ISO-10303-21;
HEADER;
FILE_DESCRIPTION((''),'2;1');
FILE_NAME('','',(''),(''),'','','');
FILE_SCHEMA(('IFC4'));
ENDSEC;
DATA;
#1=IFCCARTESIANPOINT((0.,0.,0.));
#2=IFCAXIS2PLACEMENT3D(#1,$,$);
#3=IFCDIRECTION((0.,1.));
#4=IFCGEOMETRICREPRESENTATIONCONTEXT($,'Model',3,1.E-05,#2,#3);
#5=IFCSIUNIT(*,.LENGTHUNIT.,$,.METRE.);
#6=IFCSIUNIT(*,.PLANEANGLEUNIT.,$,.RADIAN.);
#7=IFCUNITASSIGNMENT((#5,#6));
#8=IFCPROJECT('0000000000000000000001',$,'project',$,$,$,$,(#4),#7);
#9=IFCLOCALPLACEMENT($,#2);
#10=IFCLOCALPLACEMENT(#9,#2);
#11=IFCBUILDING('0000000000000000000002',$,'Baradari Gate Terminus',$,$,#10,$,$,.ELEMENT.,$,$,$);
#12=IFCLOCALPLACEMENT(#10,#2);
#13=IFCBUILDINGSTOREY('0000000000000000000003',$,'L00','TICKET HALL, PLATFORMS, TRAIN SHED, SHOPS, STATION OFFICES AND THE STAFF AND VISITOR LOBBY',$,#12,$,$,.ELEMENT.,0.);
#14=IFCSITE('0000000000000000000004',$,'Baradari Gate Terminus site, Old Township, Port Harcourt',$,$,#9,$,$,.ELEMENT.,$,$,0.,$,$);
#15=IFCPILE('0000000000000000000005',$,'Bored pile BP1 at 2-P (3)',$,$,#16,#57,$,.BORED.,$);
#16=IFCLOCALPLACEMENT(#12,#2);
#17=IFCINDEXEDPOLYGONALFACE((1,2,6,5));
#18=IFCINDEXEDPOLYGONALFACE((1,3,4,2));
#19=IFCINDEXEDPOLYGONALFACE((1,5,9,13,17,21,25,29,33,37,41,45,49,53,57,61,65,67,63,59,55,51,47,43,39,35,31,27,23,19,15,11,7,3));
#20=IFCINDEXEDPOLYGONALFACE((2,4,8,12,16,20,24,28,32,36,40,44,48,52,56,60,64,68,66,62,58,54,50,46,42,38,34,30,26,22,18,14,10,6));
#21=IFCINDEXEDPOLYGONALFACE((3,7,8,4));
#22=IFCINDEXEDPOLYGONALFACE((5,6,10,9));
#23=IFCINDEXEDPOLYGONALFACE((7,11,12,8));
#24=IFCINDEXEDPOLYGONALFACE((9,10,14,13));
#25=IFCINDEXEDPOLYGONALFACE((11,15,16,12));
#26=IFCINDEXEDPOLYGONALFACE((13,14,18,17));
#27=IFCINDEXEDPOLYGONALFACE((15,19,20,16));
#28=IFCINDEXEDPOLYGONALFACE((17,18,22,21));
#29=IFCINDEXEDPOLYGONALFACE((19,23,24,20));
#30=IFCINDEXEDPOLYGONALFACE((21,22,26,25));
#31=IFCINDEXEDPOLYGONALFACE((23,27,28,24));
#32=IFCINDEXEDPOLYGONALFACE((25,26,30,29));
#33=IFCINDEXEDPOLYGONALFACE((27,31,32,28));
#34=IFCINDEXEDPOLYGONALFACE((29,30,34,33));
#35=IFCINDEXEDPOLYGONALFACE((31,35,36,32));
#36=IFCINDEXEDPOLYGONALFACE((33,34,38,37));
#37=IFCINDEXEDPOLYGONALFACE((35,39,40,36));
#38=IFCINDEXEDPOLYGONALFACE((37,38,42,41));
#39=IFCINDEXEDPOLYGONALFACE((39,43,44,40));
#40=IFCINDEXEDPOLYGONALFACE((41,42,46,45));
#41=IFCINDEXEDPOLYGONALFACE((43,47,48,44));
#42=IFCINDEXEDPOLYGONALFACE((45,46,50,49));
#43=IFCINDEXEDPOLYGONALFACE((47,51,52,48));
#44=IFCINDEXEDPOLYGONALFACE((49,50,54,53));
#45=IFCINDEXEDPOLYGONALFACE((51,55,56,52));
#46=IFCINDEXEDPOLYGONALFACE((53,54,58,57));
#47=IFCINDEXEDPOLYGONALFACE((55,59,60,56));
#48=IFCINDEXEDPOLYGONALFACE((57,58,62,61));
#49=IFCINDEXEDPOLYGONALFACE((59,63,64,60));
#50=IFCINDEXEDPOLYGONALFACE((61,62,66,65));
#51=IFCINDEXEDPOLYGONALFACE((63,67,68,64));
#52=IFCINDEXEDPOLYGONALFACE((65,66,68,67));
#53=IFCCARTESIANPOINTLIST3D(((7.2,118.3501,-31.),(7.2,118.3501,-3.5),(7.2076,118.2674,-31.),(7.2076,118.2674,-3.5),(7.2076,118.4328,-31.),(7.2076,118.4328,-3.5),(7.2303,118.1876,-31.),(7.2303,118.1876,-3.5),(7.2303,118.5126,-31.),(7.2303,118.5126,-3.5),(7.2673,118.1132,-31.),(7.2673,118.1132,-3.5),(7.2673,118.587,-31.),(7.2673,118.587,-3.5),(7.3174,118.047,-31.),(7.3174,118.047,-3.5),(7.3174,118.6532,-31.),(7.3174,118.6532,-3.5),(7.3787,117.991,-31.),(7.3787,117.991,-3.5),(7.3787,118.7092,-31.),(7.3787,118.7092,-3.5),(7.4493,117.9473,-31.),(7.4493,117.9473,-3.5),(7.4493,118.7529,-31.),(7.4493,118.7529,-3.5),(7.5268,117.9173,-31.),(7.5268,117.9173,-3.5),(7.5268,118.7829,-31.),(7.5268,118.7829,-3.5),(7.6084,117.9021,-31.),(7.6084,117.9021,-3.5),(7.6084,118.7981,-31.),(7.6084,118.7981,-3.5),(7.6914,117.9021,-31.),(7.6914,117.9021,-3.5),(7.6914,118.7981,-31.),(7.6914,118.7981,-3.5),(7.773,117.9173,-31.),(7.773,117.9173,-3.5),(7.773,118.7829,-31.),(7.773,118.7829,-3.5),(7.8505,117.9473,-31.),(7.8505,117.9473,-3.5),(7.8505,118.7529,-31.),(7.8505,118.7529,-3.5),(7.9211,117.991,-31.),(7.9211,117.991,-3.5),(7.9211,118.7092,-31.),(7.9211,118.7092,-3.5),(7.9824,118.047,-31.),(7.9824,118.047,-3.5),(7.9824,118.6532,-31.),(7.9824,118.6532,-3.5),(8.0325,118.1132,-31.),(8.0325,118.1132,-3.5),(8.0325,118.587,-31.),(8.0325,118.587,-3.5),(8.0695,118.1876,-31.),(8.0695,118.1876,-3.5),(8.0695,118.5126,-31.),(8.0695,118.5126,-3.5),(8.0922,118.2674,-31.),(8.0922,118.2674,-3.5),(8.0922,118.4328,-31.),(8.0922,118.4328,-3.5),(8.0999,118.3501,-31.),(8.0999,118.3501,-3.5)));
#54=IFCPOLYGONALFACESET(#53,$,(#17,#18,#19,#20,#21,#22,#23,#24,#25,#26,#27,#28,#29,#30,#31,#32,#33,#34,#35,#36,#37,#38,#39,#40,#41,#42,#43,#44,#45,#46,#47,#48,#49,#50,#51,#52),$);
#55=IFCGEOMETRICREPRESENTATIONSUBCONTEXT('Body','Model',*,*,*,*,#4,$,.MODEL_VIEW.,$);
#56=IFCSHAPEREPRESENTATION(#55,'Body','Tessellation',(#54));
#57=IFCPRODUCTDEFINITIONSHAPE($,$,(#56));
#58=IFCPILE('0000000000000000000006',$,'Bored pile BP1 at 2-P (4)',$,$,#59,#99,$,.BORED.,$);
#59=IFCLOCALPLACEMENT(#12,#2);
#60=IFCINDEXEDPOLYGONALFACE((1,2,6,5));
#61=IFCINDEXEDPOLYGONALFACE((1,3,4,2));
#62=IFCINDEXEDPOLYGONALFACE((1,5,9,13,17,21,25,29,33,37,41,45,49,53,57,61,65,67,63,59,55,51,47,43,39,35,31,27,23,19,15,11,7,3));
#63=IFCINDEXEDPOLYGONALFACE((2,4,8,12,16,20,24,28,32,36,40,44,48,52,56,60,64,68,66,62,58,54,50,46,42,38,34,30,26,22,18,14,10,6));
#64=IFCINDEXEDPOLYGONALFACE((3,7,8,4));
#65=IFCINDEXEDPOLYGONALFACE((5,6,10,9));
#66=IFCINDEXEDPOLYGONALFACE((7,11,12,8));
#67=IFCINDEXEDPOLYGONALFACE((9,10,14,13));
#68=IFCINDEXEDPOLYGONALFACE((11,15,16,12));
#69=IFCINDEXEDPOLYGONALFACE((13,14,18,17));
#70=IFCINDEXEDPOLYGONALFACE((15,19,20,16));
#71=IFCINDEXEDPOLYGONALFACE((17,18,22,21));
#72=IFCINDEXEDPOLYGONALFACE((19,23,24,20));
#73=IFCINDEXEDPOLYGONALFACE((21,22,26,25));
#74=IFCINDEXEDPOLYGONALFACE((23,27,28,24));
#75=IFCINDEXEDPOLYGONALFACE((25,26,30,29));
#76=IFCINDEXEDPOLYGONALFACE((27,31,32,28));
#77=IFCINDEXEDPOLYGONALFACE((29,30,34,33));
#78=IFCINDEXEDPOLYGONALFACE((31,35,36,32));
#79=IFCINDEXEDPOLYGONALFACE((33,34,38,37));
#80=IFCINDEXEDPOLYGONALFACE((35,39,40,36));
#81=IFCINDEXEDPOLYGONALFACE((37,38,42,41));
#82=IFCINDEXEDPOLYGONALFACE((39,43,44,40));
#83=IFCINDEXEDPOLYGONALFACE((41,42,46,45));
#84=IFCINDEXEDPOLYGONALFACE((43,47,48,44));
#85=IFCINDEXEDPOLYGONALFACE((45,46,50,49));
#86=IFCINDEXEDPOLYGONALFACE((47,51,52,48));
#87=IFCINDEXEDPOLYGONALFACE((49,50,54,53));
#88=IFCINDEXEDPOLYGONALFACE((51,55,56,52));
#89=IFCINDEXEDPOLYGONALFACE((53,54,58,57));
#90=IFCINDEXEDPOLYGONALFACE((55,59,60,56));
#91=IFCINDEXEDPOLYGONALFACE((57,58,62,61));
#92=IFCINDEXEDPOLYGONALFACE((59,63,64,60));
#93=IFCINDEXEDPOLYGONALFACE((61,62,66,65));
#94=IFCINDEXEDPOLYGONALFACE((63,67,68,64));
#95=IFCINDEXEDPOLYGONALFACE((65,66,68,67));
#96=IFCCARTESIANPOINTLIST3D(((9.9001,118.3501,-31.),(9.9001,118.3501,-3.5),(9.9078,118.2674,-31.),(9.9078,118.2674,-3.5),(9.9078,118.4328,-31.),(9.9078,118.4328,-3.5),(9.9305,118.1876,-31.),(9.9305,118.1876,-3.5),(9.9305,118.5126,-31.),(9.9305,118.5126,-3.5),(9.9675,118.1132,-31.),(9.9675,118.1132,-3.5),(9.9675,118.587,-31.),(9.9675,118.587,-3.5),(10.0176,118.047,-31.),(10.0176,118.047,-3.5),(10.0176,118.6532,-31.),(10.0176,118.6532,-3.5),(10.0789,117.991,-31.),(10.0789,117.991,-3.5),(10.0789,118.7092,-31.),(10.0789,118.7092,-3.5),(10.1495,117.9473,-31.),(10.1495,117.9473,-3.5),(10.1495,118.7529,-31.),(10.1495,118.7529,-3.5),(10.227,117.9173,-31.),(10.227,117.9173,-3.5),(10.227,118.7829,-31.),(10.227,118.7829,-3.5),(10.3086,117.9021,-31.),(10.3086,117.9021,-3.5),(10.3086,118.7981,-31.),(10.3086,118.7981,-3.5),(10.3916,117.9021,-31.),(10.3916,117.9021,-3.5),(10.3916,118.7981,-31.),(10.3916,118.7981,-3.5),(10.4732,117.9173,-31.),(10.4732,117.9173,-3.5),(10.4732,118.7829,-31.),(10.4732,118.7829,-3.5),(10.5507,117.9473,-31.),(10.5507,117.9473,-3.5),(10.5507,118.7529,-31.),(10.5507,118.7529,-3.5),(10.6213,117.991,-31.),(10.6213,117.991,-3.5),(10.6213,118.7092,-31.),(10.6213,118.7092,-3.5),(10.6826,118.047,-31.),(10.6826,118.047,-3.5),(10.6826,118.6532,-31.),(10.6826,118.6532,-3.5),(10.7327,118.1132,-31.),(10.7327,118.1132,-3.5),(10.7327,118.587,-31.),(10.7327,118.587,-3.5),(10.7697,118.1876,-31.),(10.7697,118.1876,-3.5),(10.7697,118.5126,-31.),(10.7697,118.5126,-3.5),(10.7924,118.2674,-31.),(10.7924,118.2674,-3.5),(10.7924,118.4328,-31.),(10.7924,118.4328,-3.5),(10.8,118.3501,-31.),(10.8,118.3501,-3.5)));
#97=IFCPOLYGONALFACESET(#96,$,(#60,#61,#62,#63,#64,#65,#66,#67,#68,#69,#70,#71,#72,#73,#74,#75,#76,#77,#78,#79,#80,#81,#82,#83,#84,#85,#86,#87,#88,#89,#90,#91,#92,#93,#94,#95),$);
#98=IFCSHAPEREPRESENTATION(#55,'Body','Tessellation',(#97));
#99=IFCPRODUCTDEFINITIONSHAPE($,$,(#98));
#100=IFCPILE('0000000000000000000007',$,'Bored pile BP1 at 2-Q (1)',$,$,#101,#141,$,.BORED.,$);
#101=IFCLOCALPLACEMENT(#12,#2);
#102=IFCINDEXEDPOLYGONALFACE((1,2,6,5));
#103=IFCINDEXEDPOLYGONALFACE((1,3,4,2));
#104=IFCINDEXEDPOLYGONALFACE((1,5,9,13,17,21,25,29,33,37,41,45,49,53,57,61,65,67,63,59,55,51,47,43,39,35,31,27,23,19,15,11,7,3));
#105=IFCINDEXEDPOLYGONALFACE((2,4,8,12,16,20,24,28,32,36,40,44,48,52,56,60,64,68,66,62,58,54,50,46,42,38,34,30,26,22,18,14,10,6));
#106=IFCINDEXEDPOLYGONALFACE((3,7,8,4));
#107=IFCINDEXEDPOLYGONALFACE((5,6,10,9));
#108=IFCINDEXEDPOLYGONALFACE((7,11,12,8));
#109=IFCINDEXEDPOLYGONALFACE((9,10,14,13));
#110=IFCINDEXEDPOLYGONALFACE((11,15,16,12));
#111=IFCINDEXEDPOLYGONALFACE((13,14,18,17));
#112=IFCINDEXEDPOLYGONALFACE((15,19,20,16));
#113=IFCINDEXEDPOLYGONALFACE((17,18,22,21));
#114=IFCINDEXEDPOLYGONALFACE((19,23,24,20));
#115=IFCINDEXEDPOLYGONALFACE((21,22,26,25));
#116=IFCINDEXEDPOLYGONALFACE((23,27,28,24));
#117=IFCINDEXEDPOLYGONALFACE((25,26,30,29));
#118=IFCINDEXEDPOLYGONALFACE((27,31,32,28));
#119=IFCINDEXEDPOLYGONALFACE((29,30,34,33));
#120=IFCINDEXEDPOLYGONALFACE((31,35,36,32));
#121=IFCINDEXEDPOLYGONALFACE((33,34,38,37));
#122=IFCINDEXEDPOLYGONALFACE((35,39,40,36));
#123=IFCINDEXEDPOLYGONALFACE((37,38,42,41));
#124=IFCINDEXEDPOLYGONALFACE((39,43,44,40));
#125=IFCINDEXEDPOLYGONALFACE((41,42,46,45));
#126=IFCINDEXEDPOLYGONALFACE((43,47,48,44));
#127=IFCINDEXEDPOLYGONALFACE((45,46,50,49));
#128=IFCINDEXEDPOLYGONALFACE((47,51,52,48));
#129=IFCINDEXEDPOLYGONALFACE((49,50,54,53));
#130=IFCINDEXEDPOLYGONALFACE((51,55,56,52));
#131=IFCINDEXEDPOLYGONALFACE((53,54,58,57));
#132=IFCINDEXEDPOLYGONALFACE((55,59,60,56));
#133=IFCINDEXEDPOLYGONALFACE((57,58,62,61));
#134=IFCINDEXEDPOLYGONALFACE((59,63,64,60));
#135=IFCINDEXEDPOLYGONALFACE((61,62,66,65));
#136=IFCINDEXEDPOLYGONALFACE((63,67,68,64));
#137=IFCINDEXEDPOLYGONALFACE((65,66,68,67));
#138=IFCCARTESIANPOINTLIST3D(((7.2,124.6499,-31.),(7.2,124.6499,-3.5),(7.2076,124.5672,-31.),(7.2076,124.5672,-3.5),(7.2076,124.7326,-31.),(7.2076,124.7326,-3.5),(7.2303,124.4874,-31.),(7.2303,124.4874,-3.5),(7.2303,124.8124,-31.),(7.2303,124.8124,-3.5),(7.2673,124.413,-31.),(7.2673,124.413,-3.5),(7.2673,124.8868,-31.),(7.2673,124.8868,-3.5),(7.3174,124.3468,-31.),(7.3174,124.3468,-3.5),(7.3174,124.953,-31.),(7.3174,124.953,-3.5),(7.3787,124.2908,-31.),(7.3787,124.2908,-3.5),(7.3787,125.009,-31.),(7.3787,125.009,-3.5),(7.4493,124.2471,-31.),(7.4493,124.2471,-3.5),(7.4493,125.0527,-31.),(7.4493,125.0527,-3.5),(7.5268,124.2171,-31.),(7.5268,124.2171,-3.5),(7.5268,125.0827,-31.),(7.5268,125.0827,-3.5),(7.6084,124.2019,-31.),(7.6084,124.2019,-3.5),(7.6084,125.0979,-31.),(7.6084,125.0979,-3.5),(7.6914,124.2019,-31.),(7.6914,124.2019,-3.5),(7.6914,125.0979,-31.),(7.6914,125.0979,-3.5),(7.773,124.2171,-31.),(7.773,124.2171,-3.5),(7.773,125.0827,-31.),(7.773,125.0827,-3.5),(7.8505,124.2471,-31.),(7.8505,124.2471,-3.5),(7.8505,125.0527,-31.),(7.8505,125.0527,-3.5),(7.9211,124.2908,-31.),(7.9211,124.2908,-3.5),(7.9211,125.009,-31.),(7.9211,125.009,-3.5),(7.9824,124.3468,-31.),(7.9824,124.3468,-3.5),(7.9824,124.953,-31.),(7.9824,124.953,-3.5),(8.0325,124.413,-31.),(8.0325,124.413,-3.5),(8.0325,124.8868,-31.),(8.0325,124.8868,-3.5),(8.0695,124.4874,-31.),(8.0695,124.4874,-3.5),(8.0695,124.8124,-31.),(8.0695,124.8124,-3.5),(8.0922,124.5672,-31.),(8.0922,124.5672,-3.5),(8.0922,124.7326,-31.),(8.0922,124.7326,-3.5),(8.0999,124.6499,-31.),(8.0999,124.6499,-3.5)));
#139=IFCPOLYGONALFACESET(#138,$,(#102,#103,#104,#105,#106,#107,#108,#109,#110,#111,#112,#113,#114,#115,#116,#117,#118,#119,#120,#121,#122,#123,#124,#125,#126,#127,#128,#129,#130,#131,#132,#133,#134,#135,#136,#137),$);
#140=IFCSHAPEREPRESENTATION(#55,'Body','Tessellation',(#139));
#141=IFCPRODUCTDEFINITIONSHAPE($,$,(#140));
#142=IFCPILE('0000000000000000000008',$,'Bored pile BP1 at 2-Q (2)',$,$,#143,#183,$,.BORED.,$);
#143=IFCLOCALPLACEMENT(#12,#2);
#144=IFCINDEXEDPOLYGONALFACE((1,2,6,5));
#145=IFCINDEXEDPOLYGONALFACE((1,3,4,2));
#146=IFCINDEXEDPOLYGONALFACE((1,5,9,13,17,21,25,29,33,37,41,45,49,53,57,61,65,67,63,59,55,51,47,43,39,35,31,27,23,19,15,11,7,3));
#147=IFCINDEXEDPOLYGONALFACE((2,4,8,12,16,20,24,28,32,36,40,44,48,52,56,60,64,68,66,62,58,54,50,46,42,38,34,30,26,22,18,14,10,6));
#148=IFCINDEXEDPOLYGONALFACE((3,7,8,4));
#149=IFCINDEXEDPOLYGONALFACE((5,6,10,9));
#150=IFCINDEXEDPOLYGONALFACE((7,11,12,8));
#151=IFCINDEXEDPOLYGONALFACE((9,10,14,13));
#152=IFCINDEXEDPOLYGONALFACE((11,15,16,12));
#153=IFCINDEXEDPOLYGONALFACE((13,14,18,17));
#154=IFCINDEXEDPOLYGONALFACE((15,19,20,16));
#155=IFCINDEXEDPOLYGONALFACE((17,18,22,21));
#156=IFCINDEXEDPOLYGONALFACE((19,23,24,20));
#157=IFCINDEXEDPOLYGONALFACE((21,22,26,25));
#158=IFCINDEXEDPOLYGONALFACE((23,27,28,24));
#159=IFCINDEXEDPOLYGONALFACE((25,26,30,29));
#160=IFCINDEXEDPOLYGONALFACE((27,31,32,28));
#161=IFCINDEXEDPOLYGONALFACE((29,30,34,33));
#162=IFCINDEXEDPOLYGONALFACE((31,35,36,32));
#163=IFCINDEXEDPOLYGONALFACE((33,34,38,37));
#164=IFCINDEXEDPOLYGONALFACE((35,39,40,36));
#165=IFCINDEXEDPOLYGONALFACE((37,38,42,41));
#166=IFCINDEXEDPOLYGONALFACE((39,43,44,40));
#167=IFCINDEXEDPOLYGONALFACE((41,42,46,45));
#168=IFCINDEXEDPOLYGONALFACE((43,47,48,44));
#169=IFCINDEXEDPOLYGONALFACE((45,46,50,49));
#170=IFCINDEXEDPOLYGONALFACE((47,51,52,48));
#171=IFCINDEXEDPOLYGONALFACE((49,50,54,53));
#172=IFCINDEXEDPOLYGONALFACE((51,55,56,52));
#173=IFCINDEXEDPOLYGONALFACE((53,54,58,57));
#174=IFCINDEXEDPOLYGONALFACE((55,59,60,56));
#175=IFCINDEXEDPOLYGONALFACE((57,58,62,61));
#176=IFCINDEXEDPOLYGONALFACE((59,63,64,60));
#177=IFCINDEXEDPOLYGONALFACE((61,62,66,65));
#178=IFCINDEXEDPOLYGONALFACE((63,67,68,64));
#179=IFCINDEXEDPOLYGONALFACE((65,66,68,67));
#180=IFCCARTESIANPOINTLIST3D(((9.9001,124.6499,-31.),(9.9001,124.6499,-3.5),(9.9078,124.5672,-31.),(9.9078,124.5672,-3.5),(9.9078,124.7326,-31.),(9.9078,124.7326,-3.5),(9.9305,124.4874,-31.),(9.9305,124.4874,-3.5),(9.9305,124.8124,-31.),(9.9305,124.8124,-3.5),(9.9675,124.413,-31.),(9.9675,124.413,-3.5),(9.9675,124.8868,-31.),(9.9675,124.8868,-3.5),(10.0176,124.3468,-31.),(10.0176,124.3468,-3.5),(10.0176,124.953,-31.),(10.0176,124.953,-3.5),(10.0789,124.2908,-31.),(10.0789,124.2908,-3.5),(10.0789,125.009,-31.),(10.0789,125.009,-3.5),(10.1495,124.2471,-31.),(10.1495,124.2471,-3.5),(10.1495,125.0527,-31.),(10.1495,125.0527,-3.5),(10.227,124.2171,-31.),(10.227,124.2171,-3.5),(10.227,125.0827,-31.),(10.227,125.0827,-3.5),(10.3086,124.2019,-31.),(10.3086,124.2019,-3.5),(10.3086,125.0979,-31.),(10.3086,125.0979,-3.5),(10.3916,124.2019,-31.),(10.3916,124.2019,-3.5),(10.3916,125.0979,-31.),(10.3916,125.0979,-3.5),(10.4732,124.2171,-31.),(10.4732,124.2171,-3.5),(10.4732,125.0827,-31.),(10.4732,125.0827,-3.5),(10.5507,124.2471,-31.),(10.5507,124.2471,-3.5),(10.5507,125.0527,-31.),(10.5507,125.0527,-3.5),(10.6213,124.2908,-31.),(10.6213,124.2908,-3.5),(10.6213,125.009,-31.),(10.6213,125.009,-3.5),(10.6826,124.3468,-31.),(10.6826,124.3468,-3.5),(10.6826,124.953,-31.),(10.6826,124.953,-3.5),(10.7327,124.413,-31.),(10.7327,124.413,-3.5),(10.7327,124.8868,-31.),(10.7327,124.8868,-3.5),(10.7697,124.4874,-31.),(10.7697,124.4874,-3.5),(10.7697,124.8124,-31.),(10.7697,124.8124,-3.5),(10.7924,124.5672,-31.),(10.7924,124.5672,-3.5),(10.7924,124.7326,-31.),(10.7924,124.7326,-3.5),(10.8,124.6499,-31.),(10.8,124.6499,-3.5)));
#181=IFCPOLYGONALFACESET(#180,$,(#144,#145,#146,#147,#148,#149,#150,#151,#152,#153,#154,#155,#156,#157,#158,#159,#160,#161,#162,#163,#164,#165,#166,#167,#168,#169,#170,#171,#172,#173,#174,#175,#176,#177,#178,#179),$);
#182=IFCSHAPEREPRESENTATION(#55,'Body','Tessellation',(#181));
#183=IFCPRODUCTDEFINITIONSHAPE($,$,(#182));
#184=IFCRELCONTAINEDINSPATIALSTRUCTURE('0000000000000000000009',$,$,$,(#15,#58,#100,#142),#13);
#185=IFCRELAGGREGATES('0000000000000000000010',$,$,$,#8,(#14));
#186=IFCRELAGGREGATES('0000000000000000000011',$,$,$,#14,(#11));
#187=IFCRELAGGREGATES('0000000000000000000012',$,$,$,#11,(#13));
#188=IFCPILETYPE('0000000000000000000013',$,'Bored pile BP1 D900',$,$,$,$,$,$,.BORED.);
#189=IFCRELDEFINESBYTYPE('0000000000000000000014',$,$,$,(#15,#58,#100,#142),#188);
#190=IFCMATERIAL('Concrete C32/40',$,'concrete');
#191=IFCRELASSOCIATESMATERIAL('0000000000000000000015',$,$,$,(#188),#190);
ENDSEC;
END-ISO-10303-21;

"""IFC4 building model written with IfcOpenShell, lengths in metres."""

from ifc_helpers import new_model, si_unit, direction, frame, origin, origin_2d, place, context, subcontext, project, spatial, circle, extrude, material, type_object, element, save


model = new_model("IFC4")

# Units and contexts
model_context = context("Model", 3, precision=1e-05, world=origin(), true_north=direction((0.0, 1.0)))
body_context = subcontext(model_context, "Body", "Model", "MODEL_VIEW")
ifc_project = project(units=[si_unit("LENGTHUNIT", "METRE"), si_unit("PLANEANGLEUNIT", "RADIAN")], contexts=[model_context])

# Site, building, storey
site_placement = place(None, origin())
site = spatial("IfcSite", under=ifc_project, at=site_placement, Name="Baradari Gate Terminus site, Old Township, Port Harcourt", CompositionType="ELEMENT", RefElevation=0.0)
building_placement = place(site_placement, origin())
building = spatial("IfcBuilding", under=site, at=building_placement, Name="Baradari Gate Terminus", CompositionType="ELEMENT")
storey_placement = place(building_placement, origin())
storey = spatial("IfcBuildingStorey", under=building, at=storey_placement, Name="L00", Description="TICKET HALL, PLATFORMS, TRAIN SHED, SHOPS, STATION OFFICES AND THE STAFF AND VISITOR LOBBY", CompositionType="ELEMENT", Elevation=0.0)

# Piles
ifc_material_1 = material(Name="Concrete C32/40", Category="concrete")
pile_type_1 = type_object("IfcPileType", Name="Bored pile BP1 D900", PredefinedType="BORED", material=ifc_material_1)
for number, where, z_axis, x_axis, name in (
    (1, (7.6499, 118.3501, -3.5), (0.0, 0.0, -1.0), (1.0, 0.0, 0.0), "Bored pile BP1 at 2-P (3)"),
    (2, (10.3501, 118.3501, -3.5), (0.0, 0.0, -1.0), (1.0, 0.0, 0.0), "Bored pile BP1 at 2-P (4)"),
    (3, (7.6499, 124.6499, -3.5), (0.0, 0.0, -1.0), (1.0, 0.0, 0.0), "Bored pile BP1 at 2-Q (1)"),
    (4, (10.3501, 124.6499, -3.5), (0.0, 0.0, -1.0), (1.0, 0.0, 0.0), "Bored pile BP1 at 2-Q (2)"),
):
    element("IfcPile", number, at=place(storey_placement, frame(where, z_axis=z_axis, x_axis=x_axis)), inside=storey, type_object=pile_type_1, Name=name, PredefinedType="BORED", context=body_context, shape_type="SweptSolid", body=[
        extrude(circle(Radius=0.45, at=origin_2d()), origin(), (0.0, 0.0, 1.0), 27.5),
    ])

save(model, "model.ifc")
